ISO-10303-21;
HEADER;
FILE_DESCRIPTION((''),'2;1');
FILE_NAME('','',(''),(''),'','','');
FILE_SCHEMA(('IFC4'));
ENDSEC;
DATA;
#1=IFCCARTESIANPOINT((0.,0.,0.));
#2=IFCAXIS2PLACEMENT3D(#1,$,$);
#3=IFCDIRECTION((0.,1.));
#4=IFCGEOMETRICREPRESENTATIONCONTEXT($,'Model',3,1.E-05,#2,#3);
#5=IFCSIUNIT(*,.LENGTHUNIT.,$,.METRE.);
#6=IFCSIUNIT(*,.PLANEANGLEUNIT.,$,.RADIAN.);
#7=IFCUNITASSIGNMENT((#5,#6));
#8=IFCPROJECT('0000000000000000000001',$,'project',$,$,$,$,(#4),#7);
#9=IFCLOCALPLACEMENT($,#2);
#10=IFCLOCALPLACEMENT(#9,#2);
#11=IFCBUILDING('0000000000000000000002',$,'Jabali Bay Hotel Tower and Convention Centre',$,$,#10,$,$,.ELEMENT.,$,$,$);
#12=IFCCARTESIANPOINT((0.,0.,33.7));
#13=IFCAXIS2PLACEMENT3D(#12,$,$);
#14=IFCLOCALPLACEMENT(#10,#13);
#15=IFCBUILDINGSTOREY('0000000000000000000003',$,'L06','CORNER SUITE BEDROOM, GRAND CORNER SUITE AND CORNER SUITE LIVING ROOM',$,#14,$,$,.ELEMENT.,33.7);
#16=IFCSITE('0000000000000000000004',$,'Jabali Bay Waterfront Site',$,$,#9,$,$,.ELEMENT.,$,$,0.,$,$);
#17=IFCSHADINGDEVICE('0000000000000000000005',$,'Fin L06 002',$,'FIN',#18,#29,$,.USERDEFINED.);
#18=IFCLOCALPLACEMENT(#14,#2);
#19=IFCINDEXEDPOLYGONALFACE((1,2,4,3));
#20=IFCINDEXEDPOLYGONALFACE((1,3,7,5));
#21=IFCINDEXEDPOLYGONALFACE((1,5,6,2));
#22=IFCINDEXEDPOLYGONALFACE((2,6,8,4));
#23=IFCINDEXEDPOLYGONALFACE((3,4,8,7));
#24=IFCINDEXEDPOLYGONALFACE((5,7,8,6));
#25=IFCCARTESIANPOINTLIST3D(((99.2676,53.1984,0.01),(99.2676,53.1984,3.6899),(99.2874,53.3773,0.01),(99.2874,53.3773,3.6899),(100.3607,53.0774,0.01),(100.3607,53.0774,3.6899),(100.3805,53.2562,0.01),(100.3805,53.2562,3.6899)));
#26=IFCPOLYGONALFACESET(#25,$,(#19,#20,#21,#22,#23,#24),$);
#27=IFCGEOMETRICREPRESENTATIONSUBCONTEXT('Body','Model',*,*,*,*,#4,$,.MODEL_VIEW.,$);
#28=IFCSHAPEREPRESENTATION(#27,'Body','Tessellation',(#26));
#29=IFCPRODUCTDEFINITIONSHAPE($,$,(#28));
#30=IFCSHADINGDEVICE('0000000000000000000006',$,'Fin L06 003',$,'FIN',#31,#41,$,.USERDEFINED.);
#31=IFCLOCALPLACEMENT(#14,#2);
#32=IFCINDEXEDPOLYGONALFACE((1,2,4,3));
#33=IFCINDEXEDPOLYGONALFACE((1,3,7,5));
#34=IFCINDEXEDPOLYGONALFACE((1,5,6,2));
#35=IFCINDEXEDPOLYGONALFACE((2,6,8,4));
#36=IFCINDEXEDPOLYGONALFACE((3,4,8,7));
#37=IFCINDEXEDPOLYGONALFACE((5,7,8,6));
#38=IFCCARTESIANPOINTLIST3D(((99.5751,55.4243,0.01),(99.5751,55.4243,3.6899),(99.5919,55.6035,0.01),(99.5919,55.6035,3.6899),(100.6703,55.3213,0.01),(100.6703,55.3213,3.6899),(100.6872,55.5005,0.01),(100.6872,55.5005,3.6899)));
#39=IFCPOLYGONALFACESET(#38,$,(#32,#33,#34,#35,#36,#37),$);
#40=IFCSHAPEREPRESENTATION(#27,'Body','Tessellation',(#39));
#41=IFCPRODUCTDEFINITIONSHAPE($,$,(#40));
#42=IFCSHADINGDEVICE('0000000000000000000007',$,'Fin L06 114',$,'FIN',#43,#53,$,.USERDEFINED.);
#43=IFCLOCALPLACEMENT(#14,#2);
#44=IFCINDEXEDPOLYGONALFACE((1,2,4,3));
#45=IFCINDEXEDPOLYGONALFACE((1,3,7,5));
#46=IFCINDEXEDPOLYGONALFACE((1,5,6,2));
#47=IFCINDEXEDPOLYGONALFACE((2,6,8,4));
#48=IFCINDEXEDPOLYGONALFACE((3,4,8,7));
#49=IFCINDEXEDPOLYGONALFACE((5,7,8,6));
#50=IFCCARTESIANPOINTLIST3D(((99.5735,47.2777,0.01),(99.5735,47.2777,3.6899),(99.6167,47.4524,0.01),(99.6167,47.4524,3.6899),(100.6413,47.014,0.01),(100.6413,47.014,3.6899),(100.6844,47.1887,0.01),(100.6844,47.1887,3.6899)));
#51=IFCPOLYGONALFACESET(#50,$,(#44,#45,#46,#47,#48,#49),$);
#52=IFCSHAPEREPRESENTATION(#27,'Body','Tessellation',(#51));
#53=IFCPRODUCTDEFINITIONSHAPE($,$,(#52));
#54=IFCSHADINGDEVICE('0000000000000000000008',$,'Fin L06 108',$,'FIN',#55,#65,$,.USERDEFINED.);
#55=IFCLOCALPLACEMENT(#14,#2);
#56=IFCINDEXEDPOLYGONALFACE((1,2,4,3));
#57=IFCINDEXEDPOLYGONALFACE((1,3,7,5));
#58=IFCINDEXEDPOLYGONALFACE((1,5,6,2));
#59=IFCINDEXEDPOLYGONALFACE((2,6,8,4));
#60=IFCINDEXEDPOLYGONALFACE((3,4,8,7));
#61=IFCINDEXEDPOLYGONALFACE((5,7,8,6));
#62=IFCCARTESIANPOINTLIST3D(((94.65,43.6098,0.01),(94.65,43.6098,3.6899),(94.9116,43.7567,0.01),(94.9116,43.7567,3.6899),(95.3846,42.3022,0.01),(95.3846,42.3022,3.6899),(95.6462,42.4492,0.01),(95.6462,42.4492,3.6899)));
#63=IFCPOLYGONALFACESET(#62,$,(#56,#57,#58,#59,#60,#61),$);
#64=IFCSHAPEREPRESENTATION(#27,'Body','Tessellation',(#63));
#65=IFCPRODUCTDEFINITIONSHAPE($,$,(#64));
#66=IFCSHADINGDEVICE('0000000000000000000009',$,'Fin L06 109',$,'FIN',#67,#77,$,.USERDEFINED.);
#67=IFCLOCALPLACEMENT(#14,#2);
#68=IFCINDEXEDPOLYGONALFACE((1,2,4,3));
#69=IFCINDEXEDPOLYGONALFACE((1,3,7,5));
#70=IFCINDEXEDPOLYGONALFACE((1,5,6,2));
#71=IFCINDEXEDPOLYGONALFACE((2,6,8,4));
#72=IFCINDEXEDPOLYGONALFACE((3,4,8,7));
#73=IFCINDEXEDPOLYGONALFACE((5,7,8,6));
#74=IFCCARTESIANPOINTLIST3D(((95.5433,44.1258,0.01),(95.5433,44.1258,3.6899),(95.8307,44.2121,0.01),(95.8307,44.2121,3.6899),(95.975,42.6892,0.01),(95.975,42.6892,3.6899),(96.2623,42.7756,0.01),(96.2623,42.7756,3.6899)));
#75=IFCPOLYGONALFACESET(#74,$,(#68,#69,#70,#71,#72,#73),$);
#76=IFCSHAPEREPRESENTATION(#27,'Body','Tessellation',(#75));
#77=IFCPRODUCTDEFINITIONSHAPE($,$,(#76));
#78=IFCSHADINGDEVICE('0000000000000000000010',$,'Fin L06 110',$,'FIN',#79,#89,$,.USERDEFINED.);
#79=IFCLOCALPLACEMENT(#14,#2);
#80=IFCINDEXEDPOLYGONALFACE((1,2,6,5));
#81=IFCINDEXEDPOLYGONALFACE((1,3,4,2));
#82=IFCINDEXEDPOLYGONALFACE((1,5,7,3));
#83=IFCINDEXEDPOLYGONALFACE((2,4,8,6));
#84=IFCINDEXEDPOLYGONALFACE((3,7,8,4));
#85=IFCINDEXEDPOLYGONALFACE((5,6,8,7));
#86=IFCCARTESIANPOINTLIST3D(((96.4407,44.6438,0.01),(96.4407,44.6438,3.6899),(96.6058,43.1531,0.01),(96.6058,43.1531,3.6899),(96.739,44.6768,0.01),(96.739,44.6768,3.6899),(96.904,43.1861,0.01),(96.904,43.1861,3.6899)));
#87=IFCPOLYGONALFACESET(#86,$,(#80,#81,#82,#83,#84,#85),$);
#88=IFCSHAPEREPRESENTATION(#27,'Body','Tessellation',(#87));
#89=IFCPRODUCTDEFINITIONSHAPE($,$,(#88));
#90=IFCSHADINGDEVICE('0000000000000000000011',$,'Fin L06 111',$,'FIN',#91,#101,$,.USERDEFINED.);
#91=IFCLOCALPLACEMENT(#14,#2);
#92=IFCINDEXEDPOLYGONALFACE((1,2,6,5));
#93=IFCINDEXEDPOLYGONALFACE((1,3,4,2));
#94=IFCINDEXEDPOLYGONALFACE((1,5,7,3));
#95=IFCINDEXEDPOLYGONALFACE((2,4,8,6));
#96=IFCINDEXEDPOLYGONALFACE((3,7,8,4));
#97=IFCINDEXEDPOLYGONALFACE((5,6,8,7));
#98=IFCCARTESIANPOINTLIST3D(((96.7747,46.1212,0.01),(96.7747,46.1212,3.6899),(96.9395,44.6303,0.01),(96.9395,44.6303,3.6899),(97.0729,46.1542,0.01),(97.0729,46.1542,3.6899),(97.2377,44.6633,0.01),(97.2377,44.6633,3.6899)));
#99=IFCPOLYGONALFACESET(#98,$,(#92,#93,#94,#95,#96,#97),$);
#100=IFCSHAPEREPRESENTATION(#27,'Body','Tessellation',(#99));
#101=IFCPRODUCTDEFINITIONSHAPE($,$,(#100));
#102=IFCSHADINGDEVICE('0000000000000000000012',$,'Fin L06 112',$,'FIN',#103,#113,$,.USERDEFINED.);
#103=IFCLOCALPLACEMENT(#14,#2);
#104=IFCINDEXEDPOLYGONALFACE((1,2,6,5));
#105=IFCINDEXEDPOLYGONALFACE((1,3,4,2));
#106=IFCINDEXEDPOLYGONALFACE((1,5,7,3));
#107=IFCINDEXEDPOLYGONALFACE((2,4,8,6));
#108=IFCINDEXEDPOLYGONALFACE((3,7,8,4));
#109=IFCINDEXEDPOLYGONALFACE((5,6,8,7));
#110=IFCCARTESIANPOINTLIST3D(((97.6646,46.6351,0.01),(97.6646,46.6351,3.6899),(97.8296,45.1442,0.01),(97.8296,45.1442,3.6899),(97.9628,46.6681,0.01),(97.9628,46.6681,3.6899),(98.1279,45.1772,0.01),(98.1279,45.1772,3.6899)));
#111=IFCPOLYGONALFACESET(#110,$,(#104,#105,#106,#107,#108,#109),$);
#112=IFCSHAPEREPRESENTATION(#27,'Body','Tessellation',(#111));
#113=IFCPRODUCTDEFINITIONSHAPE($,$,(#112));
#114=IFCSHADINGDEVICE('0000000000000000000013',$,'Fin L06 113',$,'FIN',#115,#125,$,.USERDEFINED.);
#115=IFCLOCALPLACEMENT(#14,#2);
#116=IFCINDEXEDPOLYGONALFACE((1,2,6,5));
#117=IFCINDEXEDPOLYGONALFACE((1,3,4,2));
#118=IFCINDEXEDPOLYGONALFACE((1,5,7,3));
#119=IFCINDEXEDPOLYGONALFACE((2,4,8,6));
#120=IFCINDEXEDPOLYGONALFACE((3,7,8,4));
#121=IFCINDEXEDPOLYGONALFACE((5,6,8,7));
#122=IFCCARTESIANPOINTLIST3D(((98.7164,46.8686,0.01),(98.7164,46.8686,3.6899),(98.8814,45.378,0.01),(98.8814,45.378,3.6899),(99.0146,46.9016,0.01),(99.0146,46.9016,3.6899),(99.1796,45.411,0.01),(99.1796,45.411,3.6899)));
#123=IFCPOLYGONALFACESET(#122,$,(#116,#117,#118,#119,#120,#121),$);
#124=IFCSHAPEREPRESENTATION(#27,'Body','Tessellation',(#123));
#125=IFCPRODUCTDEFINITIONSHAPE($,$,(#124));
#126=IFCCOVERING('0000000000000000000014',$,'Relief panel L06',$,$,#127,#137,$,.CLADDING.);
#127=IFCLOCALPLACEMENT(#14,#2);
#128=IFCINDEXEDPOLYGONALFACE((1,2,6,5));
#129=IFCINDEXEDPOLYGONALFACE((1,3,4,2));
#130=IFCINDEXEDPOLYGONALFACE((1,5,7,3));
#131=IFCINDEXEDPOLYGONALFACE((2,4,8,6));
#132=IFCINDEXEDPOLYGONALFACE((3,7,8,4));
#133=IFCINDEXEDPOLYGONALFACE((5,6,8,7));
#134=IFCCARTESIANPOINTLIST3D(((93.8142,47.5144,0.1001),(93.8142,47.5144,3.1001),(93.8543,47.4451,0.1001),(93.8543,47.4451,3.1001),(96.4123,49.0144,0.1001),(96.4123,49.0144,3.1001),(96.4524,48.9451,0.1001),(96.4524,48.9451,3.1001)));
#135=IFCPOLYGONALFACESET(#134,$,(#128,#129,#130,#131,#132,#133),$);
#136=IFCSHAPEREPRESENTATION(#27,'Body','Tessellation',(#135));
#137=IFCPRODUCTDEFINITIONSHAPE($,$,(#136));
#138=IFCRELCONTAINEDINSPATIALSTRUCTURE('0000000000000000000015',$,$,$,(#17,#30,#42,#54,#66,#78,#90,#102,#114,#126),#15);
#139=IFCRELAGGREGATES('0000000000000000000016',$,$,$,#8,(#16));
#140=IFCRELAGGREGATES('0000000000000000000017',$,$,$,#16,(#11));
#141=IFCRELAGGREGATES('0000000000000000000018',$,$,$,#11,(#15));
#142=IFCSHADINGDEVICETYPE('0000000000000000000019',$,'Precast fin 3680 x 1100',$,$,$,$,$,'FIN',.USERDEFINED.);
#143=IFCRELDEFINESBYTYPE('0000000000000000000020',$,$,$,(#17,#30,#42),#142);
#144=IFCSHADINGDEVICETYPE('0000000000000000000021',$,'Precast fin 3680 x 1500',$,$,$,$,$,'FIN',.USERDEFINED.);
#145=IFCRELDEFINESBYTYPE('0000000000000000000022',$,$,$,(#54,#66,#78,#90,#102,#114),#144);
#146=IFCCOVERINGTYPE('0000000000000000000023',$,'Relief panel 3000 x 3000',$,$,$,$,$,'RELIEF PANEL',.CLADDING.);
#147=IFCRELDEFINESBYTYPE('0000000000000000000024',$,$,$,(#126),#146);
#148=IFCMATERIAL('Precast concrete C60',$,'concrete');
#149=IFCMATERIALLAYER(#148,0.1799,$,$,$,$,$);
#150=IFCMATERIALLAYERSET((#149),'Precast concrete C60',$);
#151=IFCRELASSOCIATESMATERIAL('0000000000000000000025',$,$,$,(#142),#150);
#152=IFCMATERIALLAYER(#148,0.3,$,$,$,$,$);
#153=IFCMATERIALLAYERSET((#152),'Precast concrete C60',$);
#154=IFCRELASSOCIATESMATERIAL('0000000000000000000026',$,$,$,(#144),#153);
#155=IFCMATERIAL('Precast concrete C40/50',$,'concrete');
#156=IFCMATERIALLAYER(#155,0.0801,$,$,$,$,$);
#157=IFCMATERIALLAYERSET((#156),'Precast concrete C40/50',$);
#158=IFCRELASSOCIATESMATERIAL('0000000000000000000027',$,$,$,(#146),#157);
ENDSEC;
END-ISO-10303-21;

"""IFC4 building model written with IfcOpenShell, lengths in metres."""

from ifc_helpers import new_model, si_unit, direction, frame, frame_2d, origin, origin_2d, place, context, subcontext, project, spatial, rectangle, extrude, material, layer, layer_set, type_object, element, save


model = new_model("IFC4")

# Units and contexts
model_context = context("Model", 3, precision=1e-05, world=origin(), true_north=direction((0.0, 1.0)))
body_context = subcontext(model_context, "Body", "Model", "MODEL_VIEW")
ifc_project = project(units=[si_unit("LENGTHUNIT", "METRE"), si_unit("PLANEANGLEUNIT", "RADIAN")], contexts=[model_context])

# Site, building, storey
site_placement = place(None, origin())
site = spatial("IfcSite", under=ifc_project, at=site_placement, Name="Jabali Bay Waterfront Site", CompositionType="ELEMENT", RefElevation=0.0)
building_placement = place(site_placement, origin())
building = spatial("IfcBuilding", under=site, at=building_placement, Name="Jabali Bay Hotel Tower and Convention Centre", CompositionType="ELEMENT")
storey_placement = place(building_placement, frame((0.0, 0.0, 33.7)))
storey = spatial("IfcBuildingStorey", under=building, at=storey_placement, Name="L06", Description="CORNER SUITE BEDROOM, GRAND CORNER SUITE AND CORNER SUITE LIVING ROOM", CompositionType="ELEMENT", Elevation=33.7)

# Shading devices
ifc_material_1 = material(Name="Precast concrete C60", Category="concrete")
ifc_layer_1 = layer(ifc_material_1, 0.1799)
ifc_layer_set_1 = layer_set([ifc_layer_1], Name="Precast concrete C60")
shading_device_type_1 = type_object("IfcShadingDeviceType", Name="Precast fin 3680 x 1100", ElementType="FIN", PredefinedType="USERDEFINED", material=ifc_layer_set_1)
for number, where, z_axis, x_axis, name in (
    (1, (99.2776, 53.2878, 0.01), (0.0, 0.0, 1.0), (0.993922, -0.11009, 0.0), "Fin L06 002"),
):
    element("IfcShadingDevice", number, at=place(storey_placement, frame(where, z_axis=z_axis, x_axis=x_axis)), inside=storey, type_object=shading_device_type_1, Name=name, ObjectType="FIN", PredefinedType="USERDEFINED", context=body_context, shape_type="SweptSolid", body=[
        extrude(rectangle(XDim=1.0999, YDim=0.1799, at=frame_2d((0.5498, 0.0))), origin(), (0.0, 0.0, 1.0), 3.6799),
    ])
shading_device_1_placement = place(storey_placement, frame((99.5835, 55.5139, 0.01), z_axis=(0.0, 0.0, 1.0), x_axis=(0.995605, -0.093657, 0.0)))
element("IfcShadingDevice", 2, at=shading_device_1_placement, inside=storey, type_object=shading_device_type_1, Name="Fin L06 003", ObjectType="FIN", PredefinedType="USERDEFINED", context=body_context, shape_type="SweptSolid", body=[
    extrude(rectangle(XDim=1.1001, YDim=0.1799, at=frame_2d((0.55, 0.0))), origin(), (0.0, 0.0, 1.0), 3.6799),
])
shading_device_2_placement = place(storey_placement, frame((99.5952, 47.365, 0.01), z_axis=(0.0, 0.0, 1.0), x_axis=(0.970843, -0.239714, 0.0)))
element("IfcShadingDevice", 3, at=shading_device_2_placement, inside=storey, type_object=shading_device_type_1, Name="Fin L06 114", ObjectType="FIN", PredefinedType="USERDEFINED", context=body_context, shape_type="SweptSolid", body=[
    extrude(rectangle(XDim=1.0999, YDim=0.1799, at=frame_2d((0.5498, 0.0))), origin(), (0.0, 0.0, 1.0), 3.6799),
])
ifc_layer_2 = layer(ifc_material_1, 0.3)
ifc_layer_set_2 = layer_set([ifc_layer_2], Name="Precast concrete C60")
shading_device_type_2 = type_object("IfcShadingDeviceType", Name="Precast fin 3680 x 1500", ElementType="FIN", PredefinedType="USERDEFINED", material=ifc_layer_set_2)
shading_device_3_placement = place(storey_placement, frame((94.7808, 43.6833, 0.01), z_axis=(0.0, 0.0, 1.0), x_axis=(0.489797, -0.871836, 0.0)))
element("IfcShadingDevice", 4, at=shading_device_3_placement, inside=storey, type_object=shading_device_type_2, Name="Fin L06 108", ObjectType="FIN", PredefinedType="USERDEFINED", context=body_context, shape_type="SweptSolid", body=[
    extrude(rectangle(XDim=1.4998, YDim=0.3, at=frame_2d((0.75, 0.0))), origin(), (0.0, 0.0, 1.0), 3.6799),
])
shading_device_4_placement = place(storey_placement, frame((95.687, 44.1689, 0.01), z_axis=(0.0, 0.0, 1.0), x_axis=(0.287766, -0.957701, 0.0)))
element("IfcShadingDevice", 5, at=shading_device_4_placement, inside=storey, type_object=shading_device_type_2, Name="Fin L06 109", ObjectType="FIN", PredefinedType="USERDEFINED", context=body_context, shape_type="SweptSolid", body=[
    extrude(rectangle(XDim=1.5, YDim=0.3, at=frame_2d((0.75, 0.0))), origin(), (0.0, 0.0, 1.0), 3.6799),
])
shading_device_5_placement = place(storey_placement, frame((96.5898, 44.6604, 0.01), z_axis=(0.0, 0.0, 1.0), x_axis=(0.110038, -0.993927, 0.0)))
element("IfcShadingDevice", 6, at=shading_device_5_placement, inside=storey, type_object=shading_device_type_2, Name="Fin L06 110", ObjectType="FIN", PredefinedType="USERDEFINED", context=body_context, shape_type="SweptSolid", body=[
    extrude(rectangle(XDim=1.4998, YDim=0.3, at=frame_2d((0.75, 0.0))), origin(), (0.0, 0.0, 1.0), 3.6799),
])
for number, where, z_axis, x_axis, name in (
    (7, (96.9238, 46.1377, 0.01), (0.0, 0.0, 1.0), (0.10986, -0.993947, 0.0), "Fin L06 111"),
    (8, (97.8137, 46.6516, 0.01), (0.0, 0.0, 1.0), (0.110021, -0.993929, 0.0), "Fin L06 112"),
):
    element("IfcShadingDevice", number, at=place(storey_placement, frame(where, z_axis=z_axis, x_axis=x_axis)), inside=storey, type_object=shading_device_type_2, Name=name, ObjectType="FIN", PredefinedType="USERDEFINED", context=body_context, shape_type="SweptSolid", body=[
        extrude(rectangle(XDim=1.5, YDim=0.3, at=frame_2d((0.75, 0.0))), origin(), (0.0, 0.0, 1.0), 3.6799),
    ])
shading_device_6_placement = place(storey_placement, frame((98.8655, 46.8853, 0.01), z_axis=(0.0, 0.0, 1.0), x_axis=(0.110038, -0.993927, 0.0)))
element("IfcShadingDevice", 9, at=shading_device_6_placement, inside=storey, type_object=shading_device_type_2, Name="Fin L06 113", ObjectType="FIN", PredefinedType="USERDEFINED", context=body_context, shape_type="SweptSolid", body=[
    extrude(rectangle(XDim=1.4998, YDim=0.3, at=frame_2d((0.75, 0.0))), origin(), (0.0, 0.0, 1.0), 3.6799),
])

# Covering
ifc_material_2 = material(Name="Precast concrete C40/50", Category="concrete")
ifc_layer_3 = layer(ifc_material_2, 0.0801)
ifc_layer_set_3 = layer_set([ifc_layer_3], Name="Precast concrete C40/50")
covering_type = type_object("IfcCoveringType", Name="Relief panel 3000 x 3000", ElementType="RELIEF PANEL", PredefinedType="CLADDING", material=ifc_layer_set_3)
covering_placement = place(storey_placement, frame((95.1333, 48.2297, 0.1001), z_axis=(0.0, 0.0, 1.0), x_axis=(-0.866025, -0.5, 0.0)))
element("IfcCovering", 10, at=covering_placement, inside=storey, type_object=covering_type, Name="Relief panel L06", PredefinedType="CLADDING", context=body_context, shape_type="SweptSolid", body=[
    extrude(rectangle(XDim=3.0, YDim=0.0801, at=origin_2d()), origin(), (0.0, 0.0, 1.0), 3.0),
])

save(model, "model.ifc")
